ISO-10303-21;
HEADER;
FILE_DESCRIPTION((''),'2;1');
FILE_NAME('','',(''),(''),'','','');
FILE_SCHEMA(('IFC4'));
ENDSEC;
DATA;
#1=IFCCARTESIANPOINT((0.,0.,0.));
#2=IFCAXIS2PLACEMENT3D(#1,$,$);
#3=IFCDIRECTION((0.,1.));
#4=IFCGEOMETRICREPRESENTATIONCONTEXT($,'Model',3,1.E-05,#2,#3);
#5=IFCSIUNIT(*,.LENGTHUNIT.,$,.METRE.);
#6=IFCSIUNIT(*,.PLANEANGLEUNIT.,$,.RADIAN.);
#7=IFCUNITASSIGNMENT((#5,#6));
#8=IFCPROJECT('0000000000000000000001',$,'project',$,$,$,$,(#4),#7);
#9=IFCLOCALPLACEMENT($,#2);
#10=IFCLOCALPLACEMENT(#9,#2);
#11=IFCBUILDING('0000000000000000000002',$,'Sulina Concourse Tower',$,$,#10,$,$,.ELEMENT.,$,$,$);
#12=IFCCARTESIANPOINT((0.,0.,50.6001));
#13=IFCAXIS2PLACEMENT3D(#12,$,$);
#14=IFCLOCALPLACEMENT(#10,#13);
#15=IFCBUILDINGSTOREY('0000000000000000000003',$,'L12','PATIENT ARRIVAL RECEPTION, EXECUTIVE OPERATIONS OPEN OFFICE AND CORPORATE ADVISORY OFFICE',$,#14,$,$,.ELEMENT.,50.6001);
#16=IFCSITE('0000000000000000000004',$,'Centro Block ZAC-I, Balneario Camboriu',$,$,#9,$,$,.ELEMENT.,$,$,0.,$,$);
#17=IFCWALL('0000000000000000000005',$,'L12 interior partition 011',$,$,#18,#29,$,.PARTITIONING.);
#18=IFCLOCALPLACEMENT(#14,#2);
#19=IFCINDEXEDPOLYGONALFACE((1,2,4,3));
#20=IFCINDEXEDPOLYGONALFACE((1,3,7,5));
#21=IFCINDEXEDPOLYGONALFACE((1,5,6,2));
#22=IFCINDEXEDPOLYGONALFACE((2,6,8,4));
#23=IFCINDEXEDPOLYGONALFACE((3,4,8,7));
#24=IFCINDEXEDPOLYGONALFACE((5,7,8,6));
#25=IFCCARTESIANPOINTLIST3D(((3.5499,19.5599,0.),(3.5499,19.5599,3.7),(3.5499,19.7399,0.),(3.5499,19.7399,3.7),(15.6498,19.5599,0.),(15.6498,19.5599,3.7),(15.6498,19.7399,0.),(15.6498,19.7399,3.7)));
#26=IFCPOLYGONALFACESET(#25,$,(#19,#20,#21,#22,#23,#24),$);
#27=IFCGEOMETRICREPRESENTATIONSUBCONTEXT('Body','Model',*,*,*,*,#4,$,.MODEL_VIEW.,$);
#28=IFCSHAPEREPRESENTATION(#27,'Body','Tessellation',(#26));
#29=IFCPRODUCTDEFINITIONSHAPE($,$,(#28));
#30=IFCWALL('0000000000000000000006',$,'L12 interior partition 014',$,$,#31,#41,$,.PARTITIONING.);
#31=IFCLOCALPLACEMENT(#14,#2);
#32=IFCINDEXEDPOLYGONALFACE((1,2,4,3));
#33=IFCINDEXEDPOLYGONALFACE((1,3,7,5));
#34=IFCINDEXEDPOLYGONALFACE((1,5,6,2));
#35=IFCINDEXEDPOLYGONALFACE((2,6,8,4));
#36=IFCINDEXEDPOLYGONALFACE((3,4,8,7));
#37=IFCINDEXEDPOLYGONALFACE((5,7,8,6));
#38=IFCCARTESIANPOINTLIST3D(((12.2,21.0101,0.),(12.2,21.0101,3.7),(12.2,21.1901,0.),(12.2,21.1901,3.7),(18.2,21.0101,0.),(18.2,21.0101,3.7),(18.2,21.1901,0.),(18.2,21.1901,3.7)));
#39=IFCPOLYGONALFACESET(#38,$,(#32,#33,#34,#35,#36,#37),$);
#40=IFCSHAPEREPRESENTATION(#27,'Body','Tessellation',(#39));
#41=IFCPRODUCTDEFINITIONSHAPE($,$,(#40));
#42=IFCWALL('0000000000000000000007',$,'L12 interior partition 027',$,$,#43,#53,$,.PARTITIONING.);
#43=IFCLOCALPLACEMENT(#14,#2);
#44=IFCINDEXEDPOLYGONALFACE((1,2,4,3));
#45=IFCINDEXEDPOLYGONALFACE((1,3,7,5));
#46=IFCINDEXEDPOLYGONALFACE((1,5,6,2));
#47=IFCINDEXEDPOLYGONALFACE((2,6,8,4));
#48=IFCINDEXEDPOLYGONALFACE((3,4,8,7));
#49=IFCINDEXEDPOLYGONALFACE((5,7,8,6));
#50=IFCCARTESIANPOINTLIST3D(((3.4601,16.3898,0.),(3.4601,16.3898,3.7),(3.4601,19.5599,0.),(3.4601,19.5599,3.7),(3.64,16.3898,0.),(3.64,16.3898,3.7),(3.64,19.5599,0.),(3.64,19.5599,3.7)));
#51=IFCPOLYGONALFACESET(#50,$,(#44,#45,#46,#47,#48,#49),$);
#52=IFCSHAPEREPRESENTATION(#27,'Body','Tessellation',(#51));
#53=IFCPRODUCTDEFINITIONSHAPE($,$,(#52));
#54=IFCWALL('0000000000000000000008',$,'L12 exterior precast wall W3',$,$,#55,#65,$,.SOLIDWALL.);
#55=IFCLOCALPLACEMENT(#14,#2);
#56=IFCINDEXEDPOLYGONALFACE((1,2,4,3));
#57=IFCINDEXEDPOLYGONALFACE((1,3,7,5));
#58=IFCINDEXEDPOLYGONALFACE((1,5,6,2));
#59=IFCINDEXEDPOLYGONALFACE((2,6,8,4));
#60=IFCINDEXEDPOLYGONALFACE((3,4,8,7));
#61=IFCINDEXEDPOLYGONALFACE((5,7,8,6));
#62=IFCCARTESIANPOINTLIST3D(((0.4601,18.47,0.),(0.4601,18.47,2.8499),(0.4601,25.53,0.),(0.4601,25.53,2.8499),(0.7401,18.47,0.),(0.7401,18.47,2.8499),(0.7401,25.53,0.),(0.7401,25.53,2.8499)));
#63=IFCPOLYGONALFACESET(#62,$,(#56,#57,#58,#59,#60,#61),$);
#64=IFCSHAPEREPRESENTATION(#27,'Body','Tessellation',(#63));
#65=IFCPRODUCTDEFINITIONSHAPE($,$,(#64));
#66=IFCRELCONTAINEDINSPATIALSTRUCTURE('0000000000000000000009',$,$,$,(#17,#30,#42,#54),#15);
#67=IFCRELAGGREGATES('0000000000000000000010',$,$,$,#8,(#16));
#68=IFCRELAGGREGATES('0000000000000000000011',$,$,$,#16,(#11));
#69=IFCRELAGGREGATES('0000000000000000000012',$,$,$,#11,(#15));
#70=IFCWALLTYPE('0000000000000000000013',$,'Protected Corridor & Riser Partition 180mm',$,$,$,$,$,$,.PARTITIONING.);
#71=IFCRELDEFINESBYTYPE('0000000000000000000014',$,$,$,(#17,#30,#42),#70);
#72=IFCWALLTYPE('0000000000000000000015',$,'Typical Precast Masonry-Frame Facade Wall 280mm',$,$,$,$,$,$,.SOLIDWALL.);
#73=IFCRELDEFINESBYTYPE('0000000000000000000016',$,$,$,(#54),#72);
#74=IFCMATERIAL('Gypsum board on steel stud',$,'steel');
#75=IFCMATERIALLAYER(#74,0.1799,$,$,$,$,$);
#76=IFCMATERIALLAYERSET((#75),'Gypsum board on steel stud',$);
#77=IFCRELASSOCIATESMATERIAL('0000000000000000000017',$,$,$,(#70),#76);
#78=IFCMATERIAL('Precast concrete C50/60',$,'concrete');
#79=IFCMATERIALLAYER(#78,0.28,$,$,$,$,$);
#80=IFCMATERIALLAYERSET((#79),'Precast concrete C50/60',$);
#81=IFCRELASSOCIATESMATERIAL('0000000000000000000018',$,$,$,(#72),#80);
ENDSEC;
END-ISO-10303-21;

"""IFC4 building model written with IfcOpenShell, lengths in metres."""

from ifc_helpers import new_model, si_unit, direction, frame, frame_2d, origin, place, context, subcontext, project, spatial, rectangle, extrude, material, layer, layer_set, type_object, element, save


model = new_model("IFC4")

# Units and contexts
model_context = context("Model", 3, precision=1e-05, world=origin(), true_north=direction((0.0, 1.0)))
body_context = subcontext(model_context, "Body", "Model", "MODEL_VIEW")
ifc_project = project(units=[si_unit("LENGTHUNIT", "METRE"), si_unit("PLANEANGLEUNIT", "RADIAN")], contexts=[model_context])

# Site, building, storey
site_placement = place(None, origin())
site = spatial("IfcSite", under=ifc_project, at=site_placement, Name="Centro Block ZAC-I, Balneario Camboriu", CompositionType="ELEMENT", RefElevation=0.0)
building_placement = place(site_placement, origin())
building = spatial("IfcBuilding", under=site, at=building_placement, Name="Sulina Concourse Tower", CompositionType="ELEMENT")
storey_placement = place(building_placement, frame((0.0, 0.0, 50.6001)))
storey = spatial("IfcBuildingStorey", under=building, at=storey_placement, Name="L12", Description="PATIENT ARRIVAL RECEPTION, EXECUTIVE OPERATIONS OPEN OFFICE AND CORPORATE ADVISORY OFFICE", CompositionType="ELEMENT", Elevation=50.6001)

# Shared definitions
ifc_material_1 = material(Name="Gypsum board on steel stud", Category="steel")
ifc_layer_1 = layer(ifc_material_1, 0.1799)
ifc_layer_set_1 = layer_set([ifc_layer_1], Name="Gypsum board on steel stud")
wall_type_1 = type_object("IfcWallType", Name="Protected Corridor & Riser Partition 180mm", PredefinedType="PARTITIONING", material=ifc_layer_set_1)

# Walls
wall_1_placement = place(storey_placement, frame((3.55, 19.6499, 0.0), z_axis=(0.0, 0.0, 1.0), x_axis=(1.0, 0.0, 0.0)))
element("IfcWall", 1, at=wall_1_placement, inside=storey, type_object=wall_type_1, Name="L12 interior partition 011", PredefinedType="PARTITIONING", context=body_context, shape_type="SweptSolid", body=[
    extrude(rectangle(XDim=12.0999, YDim=0.1799, at=frame_2d((6.0498, 0.0))), origin(), (0.0, 0.0, 1.0), 3.7),
])
wall_2_placement = place(storey_placement, frame((12.2, 21.1001, 0.0), z_axis=(0.0, 0.0, 1.0), x_axis=(1.0, 0.0, 0.0)))
element("IfcWall", 2, at=wall_2_placement, inside=storey, type_object=wall_type_1, Name="L12 interior partition 014", PredefinedType="PARTITIONING", context=body_context, shape_type="SweptSolid", body=[
    extrude(rectangle(XDim=6.0, YDim=0.1799, at=frame_2d((3.0, 0.0))), origin(), (0.0, 0.0, 1.0), 3.7),
])
wall_3_placement = place(storey_placement, frame((3.55, 16.3899, 0.0), z_axis=(0.0, 0.0, 1.0), x_axis=(0.0, 1.0, 0.0)))
element("IfcWall", 3, at=wall_3_placement, inside=storey, type_object=wall_type_1, Name="L12 interior partition 027", PredefinedType="PARTITIONING", context=body_context, shape_type="SweptSolid", body=[
    extrude(rectangle(XDim=3.1702, YDim=0.1799, at=frame_2d((1.585, 0.0))), origin(), (0.0, 0.0, 1.0), 3.7),
])
ifc_material_2 = material(Name="Precast concrete C50/60", Category="concrete")
ifc_layer_2 = layer(ifc_material_2, 0.28)
ifc_layer_set_2 = layer_set([ifc_layer_2], Name="Precast concrete C50/60")
wall_type_2 = type_object("IfcWallType", Name="Typical Precast Masonry-Frame Facade Wall 280mm", PredefinedType="SOLIDWALL", material=ifc_layer_set_2)
wall_4_placement = place(storey_placement, frame((0.6001, 18.47, 0.0), z_axis=(0.0, 0.0, 1.0), x_axis=(0.0, 1.0, 0.0)))
element("IfcWall", 4, at=wall_4_placement, inside=storey, type_object=wall_type_2, Name="L12 exterior precast wall W3", PredefinedType="SOLIDWALL", context=body_context, shape_type="SweptSolid", body=[
    extrude(rectangle(XDim=7.0601, YDim=0.28, at=frame_2d((3.53, 0.0))), origin(), (0.0, 0.0, 1.0), 2.8499),
])

save(model, "model.ifc")
